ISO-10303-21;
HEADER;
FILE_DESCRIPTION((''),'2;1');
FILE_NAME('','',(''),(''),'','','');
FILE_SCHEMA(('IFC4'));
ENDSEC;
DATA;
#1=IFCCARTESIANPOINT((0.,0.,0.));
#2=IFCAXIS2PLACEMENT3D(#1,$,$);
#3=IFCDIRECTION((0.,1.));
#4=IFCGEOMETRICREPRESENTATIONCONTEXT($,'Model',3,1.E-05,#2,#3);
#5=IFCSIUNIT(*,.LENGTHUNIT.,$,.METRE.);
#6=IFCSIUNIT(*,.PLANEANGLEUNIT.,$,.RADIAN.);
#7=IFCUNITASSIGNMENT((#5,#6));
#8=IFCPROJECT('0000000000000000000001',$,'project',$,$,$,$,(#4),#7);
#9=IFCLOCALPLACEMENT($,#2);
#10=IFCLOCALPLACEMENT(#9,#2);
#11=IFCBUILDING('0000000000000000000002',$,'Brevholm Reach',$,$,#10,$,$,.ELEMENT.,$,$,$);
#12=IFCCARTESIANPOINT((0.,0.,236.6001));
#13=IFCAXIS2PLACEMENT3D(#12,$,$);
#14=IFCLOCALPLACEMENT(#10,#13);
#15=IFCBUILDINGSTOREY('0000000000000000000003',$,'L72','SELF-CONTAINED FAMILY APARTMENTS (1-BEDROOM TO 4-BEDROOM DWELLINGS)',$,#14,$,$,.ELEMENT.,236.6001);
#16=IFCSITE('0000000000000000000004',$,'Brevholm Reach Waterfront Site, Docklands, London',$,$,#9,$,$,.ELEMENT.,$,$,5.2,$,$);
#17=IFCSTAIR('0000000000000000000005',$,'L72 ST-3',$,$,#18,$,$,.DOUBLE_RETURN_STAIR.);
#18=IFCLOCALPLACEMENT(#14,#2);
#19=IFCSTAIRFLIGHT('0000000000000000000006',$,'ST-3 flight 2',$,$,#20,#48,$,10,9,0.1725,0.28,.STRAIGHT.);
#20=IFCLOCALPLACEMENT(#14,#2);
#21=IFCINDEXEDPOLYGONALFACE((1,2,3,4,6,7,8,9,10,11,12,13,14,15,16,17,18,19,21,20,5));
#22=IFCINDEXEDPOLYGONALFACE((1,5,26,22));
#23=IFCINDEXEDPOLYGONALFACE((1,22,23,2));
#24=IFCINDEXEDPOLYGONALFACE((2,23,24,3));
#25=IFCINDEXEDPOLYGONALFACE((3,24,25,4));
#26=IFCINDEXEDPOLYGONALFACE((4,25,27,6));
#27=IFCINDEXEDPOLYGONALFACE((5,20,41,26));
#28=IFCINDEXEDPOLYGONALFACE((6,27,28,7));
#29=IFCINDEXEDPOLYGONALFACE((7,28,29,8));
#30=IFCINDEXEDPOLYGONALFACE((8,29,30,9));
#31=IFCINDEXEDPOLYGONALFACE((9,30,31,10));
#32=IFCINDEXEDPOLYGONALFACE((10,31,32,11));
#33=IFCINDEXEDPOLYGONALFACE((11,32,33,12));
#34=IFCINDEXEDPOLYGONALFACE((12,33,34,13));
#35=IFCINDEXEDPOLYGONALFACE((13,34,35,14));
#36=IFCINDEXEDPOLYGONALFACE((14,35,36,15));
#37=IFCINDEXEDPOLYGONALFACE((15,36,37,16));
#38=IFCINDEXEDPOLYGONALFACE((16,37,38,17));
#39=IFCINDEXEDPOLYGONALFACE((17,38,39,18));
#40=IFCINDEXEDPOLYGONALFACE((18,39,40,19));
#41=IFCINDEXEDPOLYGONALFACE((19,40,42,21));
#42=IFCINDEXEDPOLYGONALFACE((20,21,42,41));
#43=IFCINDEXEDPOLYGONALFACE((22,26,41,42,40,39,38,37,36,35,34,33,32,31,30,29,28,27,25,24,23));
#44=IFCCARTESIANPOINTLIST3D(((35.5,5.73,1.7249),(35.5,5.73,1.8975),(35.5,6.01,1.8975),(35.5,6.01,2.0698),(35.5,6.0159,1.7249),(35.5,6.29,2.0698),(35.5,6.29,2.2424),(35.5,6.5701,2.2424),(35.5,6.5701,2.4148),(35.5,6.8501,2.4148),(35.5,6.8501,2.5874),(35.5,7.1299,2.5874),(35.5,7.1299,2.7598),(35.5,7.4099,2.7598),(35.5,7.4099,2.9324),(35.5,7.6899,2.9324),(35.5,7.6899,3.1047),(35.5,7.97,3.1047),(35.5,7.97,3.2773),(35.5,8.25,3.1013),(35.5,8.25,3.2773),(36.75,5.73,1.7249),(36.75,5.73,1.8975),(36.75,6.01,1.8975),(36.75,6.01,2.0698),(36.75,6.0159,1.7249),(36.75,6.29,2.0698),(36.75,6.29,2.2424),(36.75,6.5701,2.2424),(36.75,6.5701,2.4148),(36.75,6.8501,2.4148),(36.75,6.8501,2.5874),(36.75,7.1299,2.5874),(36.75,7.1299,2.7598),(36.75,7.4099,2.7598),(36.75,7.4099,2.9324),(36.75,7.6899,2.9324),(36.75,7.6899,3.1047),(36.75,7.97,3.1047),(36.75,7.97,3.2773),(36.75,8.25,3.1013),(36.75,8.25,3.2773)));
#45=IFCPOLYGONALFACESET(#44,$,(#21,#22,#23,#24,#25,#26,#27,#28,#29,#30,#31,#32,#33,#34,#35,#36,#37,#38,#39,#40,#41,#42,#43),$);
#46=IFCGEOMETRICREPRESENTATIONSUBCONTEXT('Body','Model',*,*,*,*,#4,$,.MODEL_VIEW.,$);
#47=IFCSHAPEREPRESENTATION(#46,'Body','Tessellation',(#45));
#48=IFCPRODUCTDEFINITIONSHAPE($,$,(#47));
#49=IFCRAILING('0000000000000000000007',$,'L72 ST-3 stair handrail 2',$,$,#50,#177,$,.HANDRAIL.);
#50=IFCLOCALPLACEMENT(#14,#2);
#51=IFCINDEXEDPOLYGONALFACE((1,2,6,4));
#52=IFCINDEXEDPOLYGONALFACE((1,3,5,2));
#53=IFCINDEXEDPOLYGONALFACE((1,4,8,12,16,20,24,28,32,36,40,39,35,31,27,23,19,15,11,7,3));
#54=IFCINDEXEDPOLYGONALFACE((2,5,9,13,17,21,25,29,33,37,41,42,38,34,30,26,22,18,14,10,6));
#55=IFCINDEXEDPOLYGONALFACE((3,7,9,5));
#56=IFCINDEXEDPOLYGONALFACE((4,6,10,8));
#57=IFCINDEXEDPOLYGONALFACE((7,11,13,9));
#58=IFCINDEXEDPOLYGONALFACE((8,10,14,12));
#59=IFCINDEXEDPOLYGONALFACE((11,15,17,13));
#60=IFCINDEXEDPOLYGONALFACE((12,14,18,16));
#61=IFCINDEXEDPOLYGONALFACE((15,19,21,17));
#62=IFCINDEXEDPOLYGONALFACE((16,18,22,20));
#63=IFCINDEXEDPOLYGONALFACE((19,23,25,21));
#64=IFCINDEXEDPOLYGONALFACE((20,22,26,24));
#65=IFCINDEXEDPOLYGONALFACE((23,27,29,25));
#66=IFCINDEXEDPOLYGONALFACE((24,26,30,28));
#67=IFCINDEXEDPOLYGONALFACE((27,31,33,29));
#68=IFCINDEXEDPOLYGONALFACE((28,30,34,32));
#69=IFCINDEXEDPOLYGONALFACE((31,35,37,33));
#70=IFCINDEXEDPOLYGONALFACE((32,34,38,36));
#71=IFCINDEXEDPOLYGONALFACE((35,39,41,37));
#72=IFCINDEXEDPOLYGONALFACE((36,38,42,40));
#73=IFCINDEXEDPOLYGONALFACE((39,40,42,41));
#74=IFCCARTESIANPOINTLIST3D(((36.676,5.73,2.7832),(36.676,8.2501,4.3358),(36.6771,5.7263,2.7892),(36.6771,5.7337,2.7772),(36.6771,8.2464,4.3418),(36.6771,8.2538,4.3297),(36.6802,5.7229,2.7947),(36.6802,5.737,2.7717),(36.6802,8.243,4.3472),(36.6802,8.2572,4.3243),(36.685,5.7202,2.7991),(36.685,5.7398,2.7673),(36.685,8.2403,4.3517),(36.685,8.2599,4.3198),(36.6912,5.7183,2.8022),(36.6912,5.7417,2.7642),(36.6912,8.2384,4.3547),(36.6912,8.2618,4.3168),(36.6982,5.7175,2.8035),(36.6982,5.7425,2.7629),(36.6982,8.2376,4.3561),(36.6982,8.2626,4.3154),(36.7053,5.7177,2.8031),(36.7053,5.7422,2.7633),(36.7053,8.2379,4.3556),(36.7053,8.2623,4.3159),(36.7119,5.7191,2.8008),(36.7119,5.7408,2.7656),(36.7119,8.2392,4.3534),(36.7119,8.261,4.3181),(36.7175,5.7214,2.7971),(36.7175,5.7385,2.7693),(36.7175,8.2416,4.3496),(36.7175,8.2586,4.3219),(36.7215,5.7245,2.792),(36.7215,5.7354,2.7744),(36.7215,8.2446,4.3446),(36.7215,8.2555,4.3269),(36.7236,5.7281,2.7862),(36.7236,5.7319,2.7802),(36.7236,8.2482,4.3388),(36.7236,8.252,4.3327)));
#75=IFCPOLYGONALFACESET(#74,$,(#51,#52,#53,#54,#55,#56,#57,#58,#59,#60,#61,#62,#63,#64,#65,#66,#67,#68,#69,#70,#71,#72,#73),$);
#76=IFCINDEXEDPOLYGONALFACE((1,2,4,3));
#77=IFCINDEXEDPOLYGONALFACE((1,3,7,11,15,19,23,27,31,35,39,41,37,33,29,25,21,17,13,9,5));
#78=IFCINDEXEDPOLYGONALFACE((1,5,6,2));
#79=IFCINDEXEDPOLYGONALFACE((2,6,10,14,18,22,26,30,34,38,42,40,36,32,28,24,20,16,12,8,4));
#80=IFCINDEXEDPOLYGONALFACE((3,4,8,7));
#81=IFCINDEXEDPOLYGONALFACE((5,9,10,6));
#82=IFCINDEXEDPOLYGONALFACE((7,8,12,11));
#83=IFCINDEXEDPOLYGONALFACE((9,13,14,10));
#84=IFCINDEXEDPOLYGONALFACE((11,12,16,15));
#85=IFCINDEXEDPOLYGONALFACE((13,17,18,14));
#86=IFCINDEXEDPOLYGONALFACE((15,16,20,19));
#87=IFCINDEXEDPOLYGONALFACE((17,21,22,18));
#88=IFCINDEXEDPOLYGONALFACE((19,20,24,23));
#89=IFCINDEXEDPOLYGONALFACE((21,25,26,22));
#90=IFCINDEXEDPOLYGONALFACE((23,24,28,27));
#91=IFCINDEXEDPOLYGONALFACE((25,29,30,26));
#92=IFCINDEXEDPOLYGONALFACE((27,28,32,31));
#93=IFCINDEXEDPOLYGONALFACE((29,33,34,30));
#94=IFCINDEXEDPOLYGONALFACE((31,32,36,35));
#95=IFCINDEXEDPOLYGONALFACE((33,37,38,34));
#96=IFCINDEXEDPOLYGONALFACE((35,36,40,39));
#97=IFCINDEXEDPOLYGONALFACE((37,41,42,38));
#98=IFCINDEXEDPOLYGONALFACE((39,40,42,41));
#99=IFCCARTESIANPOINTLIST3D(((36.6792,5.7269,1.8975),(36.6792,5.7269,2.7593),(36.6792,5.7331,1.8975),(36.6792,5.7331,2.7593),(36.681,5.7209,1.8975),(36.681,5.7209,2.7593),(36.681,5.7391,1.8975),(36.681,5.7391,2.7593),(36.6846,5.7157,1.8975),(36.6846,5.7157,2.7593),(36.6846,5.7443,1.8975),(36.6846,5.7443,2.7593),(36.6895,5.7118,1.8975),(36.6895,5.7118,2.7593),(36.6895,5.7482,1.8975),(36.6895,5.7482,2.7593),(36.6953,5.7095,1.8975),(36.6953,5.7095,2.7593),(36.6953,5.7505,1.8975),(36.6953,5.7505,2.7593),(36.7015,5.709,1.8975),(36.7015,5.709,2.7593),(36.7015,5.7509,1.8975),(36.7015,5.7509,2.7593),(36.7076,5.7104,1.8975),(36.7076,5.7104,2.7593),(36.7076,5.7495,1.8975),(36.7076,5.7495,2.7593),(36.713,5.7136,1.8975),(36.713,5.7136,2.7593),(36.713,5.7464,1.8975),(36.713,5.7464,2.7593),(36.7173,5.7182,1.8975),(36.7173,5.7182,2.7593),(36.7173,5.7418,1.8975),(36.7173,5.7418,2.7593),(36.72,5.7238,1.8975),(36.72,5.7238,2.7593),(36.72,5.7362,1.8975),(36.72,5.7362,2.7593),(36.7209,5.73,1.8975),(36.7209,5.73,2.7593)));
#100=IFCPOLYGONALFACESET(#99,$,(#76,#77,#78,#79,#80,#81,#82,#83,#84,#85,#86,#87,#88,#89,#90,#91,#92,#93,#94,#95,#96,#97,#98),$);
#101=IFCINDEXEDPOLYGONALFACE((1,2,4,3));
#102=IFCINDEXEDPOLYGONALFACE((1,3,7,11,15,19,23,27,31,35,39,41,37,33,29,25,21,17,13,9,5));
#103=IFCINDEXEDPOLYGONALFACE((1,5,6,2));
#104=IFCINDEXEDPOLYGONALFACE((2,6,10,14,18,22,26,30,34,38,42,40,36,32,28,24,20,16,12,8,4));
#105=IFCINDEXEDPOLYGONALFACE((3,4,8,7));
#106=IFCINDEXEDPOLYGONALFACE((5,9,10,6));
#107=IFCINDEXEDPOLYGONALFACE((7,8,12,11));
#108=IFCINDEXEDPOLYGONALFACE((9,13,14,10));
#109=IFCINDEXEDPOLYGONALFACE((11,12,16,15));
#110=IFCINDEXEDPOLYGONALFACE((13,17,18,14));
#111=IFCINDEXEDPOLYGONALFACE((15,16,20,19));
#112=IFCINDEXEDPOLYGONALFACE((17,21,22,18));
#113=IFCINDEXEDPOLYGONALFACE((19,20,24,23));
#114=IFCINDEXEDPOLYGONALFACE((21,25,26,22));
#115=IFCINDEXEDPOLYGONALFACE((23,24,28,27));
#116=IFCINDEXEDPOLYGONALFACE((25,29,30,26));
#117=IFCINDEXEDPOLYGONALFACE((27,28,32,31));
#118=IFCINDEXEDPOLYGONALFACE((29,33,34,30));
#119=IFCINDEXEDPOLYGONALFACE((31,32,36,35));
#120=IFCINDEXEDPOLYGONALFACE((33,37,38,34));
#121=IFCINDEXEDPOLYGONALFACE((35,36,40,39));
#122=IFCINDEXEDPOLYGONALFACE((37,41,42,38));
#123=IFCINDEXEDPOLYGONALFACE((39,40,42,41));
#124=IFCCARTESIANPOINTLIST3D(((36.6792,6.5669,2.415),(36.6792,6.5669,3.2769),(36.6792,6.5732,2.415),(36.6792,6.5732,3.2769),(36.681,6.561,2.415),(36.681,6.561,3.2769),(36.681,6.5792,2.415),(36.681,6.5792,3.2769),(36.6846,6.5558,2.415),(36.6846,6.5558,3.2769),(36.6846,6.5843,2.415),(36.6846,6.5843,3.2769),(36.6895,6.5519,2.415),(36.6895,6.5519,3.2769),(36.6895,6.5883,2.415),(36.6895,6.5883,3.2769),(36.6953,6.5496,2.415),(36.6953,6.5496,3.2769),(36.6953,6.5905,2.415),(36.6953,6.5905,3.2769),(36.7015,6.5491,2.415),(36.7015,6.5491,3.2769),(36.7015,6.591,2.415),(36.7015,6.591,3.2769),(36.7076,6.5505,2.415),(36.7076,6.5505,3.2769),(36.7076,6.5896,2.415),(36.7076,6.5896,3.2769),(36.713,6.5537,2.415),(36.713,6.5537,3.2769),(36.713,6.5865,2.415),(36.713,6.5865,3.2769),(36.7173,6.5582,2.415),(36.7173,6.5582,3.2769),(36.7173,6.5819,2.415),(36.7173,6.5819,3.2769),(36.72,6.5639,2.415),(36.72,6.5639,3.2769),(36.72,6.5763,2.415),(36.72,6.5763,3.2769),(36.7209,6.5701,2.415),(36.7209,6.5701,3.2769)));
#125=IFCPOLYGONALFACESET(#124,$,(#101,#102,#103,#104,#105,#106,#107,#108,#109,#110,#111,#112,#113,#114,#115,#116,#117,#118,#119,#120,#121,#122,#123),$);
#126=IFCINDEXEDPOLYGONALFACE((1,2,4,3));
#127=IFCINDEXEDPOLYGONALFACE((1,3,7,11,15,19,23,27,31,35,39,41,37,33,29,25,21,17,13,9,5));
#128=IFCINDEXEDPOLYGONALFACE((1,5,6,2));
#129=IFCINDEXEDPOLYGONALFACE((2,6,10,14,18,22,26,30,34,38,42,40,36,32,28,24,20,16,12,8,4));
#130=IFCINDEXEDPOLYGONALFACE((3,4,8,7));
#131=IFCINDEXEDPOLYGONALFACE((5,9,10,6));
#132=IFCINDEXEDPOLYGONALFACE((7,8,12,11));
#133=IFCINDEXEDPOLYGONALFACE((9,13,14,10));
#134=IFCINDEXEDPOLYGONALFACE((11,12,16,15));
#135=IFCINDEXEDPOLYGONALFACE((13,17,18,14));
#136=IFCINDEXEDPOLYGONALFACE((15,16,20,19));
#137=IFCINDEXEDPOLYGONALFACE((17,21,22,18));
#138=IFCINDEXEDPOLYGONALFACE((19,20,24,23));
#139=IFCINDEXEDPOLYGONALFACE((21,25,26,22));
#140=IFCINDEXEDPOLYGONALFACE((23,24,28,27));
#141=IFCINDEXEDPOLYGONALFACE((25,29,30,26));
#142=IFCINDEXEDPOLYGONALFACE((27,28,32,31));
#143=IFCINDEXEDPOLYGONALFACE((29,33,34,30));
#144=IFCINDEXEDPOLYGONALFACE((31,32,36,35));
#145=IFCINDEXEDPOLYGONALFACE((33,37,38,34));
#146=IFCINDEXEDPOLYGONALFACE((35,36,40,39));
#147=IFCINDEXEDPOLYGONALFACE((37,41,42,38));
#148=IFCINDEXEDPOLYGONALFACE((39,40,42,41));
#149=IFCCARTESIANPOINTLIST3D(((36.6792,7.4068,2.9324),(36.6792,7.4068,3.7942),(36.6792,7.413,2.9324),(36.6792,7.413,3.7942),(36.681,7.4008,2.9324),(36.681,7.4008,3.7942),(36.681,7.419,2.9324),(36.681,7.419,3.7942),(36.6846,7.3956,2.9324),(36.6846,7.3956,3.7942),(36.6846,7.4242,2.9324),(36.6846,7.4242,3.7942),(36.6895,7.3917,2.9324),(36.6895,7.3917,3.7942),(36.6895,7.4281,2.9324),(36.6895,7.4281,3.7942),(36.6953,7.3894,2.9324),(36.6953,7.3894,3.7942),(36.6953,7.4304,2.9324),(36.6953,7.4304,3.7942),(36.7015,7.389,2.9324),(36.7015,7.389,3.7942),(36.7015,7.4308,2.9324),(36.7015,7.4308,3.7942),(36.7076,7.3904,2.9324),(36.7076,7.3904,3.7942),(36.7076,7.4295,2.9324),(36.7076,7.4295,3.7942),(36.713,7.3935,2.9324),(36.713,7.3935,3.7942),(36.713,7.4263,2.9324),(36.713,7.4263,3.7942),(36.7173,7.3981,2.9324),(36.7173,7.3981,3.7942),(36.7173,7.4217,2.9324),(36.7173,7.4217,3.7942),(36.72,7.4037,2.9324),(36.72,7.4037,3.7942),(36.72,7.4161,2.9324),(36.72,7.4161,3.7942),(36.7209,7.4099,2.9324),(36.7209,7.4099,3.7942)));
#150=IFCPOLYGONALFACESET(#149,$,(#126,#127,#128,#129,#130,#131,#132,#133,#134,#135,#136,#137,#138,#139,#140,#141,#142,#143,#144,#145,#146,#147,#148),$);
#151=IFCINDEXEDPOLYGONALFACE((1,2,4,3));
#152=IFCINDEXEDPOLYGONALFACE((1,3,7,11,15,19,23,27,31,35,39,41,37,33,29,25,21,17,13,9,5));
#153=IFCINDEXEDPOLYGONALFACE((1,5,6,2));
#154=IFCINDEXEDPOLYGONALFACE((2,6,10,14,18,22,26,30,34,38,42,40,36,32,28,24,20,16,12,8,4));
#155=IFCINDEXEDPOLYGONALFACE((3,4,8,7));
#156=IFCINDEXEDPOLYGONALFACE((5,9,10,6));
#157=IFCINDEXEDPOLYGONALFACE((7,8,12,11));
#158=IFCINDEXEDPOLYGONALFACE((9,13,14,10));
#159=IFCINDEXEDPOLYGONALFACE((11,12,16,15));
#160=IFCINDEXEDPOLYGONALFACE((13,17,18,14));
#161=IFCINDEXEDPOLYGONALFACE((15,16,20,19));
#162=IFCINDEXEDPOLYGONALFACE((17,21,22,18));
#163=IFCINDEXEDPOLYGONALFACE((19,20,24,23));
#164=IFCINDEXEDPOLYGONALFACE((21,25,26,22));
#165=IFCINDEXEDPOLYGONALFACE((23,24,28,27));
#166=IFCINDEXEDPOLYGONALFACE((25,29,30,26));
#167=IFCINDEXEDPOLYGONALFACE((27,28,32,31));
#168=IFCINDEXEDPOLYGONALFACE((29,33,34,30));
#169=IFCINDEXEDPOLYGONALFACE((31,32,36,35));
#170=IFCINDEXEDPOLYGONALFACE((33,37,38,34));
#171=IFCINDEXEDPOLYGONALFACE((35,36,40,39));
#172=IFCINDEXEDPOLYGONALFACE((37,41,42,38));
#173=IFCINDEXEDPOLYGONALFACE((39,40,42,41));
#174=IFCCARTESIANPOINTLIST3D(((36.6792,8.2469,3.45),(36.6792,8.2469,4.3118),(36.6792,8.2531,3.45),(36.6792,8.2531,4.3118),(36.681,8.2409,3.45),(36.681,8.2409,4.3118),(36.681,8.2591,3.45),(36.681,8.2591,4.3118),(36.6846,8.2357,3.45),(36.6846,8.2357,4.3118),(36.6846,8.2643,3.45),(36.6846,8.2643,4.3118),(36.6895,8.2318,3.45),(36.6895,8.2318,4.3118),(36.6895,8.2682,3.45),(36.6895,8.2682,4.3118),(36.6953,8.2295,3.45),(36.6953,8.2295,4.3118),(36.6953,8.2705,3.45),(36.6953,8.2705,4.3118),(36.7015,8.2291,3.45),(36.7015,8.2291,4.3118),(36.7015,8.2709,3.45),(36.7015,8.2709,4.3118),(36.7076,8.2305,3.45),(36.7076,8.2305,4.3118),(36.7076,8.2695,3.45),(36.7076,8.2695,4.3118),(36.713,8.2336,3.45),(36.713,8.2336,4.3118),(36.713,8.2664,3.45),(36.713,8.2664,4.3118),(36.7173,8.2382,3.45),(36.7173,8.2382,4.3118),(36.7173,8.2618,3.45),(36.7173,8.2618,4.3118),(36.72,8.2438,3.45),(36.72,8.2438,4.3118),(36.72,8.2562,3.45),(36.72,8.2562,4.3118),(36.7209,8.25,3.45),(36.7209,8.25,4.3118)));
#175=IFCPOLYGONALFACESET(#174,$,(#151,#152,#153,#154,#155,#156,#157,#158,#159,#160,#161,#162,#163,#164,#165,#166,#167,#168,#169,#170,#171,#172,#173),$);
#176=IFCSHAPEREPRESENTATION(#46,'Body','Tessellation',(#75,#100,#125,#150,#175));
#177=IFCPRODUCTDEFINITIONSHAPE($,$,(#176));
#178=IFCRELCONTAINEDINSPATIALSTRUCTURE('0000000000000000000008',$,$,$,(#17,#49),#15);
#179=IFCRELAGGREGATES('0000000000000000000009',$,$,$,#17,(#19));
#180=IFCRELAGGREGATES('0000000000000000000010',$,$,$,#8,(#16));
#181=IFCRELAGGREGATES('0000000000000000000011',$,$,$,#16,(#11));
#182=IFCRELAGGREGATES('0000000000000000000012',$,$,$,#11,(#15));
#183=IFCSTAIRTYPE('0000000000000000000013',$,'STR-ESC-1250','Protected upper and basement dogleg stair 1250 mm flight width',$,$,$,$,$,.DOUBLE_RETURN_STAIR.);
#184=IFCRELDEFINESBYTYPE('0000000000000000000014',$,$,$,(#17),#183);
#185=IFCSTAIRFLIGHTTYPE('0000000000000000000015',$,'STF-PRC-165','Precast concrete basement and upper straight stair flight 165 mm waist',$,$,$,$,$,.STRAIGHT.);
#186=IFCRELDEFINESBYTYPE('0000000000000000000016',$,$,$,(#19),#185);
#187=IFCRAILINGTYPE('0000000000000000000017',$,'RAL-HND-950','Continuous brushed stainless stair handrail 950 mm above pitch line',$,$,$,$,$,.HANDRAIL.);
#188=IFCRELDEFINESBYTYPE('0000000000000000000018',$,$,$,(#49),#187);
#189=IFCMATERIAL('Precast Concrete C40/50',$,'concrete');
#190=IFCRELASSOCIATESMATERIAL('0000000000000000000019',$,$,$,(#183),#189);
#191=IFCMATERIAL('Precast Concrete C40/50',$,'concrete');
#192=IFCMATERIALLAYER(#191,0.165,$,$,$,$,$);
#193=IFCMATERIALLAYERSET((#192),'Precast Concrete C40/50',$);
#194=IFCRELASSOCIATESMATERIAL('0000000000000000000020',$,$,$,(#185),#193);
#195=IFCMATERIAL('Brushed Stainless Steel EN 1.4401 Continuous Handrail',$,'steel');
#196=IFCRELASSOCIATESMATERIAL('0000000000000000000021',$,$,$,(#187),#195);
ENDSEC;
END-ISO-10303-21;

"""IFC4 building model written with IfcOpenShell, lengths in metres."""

from ifc_helpers import new_model, si_unit, direction, frame, origin, origin_2d, place, context, subcontext, project, spatial, polyline, circle, outline, extrude, material, layer, layer_set, type_object, element, aggregate, save


model = new_model("IFC4")

# Units and contexts
model_context = context("Model", 3, precision=1e-05, world=origin(), true_north=direction((0.0, 1.0)))
body_context = subcontext(model_context, "Body", "Model", "MODEL_VIEW")
ifc_project = project(units=[si_unit("LENGTHUNIT", "METRE"), si_unit("PLANEANGLEUNIT", "RADIAN")], contexts=[model_context])

# Site, building, storey
site_placement = place(None, origin())
site = spatial("IfcSite", under=ifc_project, at=site_placement, Name="Brevholm Reach Waterfront Site, Docklands, London", CompositionType="ELEMENT", RefElevation=5.2)
building_placement = place(site_placement, origin())
building = spatial("IfcBuilding", under=site, at=building_placement, Name="Brevholm Reach", CompositionType="ELEMENT")
storey_placement = place(building_placement, frame((0.0, 0.0, 236.6001)))
storey = spatial("IfcBuildingStorey", under=building, at=storey_placement, Name="L72", Description="SELF-CONTAINED FAMILY APARTMENTS (1-BEDROOM TO 4-BEDROOM DWELLINGS)", CompositionType="ELEMENT", Elevation=236.6001)

# Stair, stair flight
ifc_material_1 = material(Name="Precast Concrete C40/50", Category="concrete")
stair_type = type_object("IfcStairType", Name="STR-ESC-1250", Description="Protected upper and basement dogleg stair 1250 mm flight width", PredefinedType="DOUBLE_RETURN_STAIR", material=ifc_material_1)
stair_placement = place(storey_placement, origin())
stair = element("IfcStair", 1, at=stair_placement, inside=storey, type_object=stair_type, Name="L72 ST-3", PredefinedType="DOUBLE_RETURN_STAIR")
ifc_material_2 = material(Name="Precast Concrete C40/50", Category="concrete")
ifc_layer_1 = layer(ifc_material_2, 0.165)
ifc_layer_set_1 = layer_set([ifc_layer_1], Name="Precast Concrete C40/50")
stair_flight_type = type_object("IfcStairFlightType", Name="STF-PRC-165", Description="Precast concrete basement and upper straight stair flight 165 mm waist", PredefinedType="STRAIGHT", material=ifc_layer_set_1)
stair_flight_placement = place(storey_placement, frame((36.125, 5.73, 1.7249), z_axis=(0.0, 0.0, 1.0), x_axis=(0.0, 1.0, 0.0)))
stair_flight = element("IfcStairFlight", 2, at=stair_flight_placement, type_object=stair_flight_type, Name="ST-3 flight 2", NumberOfRisers=10, NumberOfTreads=9, PredefinedType="STRAIGHT", RiserHeight=0.1725, TreadLength=0.28, context=body_context, shape_type="SweptSolid", body=[
    extrude(outline(polyline([(0.0, 0.0), (0.0, 0.1726), (0.28, 0.1726), (0.28, 0.345), (0.5601, 0.345), (0.5601, 0.5176), (0.8401, 0.5176), (0.8401, 0.6899), (1.1201, 0.6899), (1.1201, 0.8625), (1.3999, 0.8625), (1.3999, 1.0349), (1.6799, 1.0349), (1.6799, 1.2075), (1.96, 1.2075), (1.96, 1.3799), (2.24, 1.3799), (2.24, 1.5525), (2.52, 1.5525), (2.52, 1.7251), (2.52, 1.3765), (0.2859, 0.0), (0.0, 0.0)])), frame((0.0, 0.625, 0.0), z_axis=(0.0, -1.0, 0.0), x_axis=(1.0, 0.0, 0.0)), (0.0, 0.0, 1.0), 1.25),
])
aggregate(stair, [stair_flight])

# Railing
ifc_material_3 = material(Name="Brushed Stainless Steel EN 1.4401 Continuous Handrail", Category="steel")
railing_type_1 = type_object("IfcRailingType", Name="RAL-HND-950", Description="Continuous brushed stainless stair handrail 950 mm above pitch line", PredefinedType="HANDRAIL", material=ifc_material_3)
railing_1_placement = place(storey_placement, frame((36.7, 5.73, 1.8975)))
element("IfcRailing", 3, at=railing_1_placement, inside=storey, type_object=railing_type_1, Name="L72 ST-3 stair handrail 2", PredefinedType="HANDRAIL", context=body_context, shape_type="SweptSolid", body=[
    extrude(circle(Radius=0.0239, at=origin_2d()), frame((0.0, 0.0, 0.8857), z_axis=(0.0, 0.8514, 0.524516), x_axis=(-1.0, 0.0, 0.0)), (0.0, 0.0, 1.0), 2.96),
    extrude(circle(Radius=0.021, at=origin_2d()), origin(), (0.0, 0.0, 1.0), 0.8618),
    extrude(circle(Radius=0.021, at=origin_2d()), frame((0.0, 0.8401, 0.5176)), (0.0, 0.0, 1.0), 0.8618),
    extrude(circle(Radius=0.021, at=origin_2d()), frame((0.0, 1.6799, 1.0349)), (0.0, 0.0, 1.0), 0.8618),
    extrude(circle(Radius=0.021, at=origin_2d()), frame((0.0, 2.52, 1.5525)), (0.0, 0.0, 1.0), 0.8618),
])

save(model, "model.ifc")
